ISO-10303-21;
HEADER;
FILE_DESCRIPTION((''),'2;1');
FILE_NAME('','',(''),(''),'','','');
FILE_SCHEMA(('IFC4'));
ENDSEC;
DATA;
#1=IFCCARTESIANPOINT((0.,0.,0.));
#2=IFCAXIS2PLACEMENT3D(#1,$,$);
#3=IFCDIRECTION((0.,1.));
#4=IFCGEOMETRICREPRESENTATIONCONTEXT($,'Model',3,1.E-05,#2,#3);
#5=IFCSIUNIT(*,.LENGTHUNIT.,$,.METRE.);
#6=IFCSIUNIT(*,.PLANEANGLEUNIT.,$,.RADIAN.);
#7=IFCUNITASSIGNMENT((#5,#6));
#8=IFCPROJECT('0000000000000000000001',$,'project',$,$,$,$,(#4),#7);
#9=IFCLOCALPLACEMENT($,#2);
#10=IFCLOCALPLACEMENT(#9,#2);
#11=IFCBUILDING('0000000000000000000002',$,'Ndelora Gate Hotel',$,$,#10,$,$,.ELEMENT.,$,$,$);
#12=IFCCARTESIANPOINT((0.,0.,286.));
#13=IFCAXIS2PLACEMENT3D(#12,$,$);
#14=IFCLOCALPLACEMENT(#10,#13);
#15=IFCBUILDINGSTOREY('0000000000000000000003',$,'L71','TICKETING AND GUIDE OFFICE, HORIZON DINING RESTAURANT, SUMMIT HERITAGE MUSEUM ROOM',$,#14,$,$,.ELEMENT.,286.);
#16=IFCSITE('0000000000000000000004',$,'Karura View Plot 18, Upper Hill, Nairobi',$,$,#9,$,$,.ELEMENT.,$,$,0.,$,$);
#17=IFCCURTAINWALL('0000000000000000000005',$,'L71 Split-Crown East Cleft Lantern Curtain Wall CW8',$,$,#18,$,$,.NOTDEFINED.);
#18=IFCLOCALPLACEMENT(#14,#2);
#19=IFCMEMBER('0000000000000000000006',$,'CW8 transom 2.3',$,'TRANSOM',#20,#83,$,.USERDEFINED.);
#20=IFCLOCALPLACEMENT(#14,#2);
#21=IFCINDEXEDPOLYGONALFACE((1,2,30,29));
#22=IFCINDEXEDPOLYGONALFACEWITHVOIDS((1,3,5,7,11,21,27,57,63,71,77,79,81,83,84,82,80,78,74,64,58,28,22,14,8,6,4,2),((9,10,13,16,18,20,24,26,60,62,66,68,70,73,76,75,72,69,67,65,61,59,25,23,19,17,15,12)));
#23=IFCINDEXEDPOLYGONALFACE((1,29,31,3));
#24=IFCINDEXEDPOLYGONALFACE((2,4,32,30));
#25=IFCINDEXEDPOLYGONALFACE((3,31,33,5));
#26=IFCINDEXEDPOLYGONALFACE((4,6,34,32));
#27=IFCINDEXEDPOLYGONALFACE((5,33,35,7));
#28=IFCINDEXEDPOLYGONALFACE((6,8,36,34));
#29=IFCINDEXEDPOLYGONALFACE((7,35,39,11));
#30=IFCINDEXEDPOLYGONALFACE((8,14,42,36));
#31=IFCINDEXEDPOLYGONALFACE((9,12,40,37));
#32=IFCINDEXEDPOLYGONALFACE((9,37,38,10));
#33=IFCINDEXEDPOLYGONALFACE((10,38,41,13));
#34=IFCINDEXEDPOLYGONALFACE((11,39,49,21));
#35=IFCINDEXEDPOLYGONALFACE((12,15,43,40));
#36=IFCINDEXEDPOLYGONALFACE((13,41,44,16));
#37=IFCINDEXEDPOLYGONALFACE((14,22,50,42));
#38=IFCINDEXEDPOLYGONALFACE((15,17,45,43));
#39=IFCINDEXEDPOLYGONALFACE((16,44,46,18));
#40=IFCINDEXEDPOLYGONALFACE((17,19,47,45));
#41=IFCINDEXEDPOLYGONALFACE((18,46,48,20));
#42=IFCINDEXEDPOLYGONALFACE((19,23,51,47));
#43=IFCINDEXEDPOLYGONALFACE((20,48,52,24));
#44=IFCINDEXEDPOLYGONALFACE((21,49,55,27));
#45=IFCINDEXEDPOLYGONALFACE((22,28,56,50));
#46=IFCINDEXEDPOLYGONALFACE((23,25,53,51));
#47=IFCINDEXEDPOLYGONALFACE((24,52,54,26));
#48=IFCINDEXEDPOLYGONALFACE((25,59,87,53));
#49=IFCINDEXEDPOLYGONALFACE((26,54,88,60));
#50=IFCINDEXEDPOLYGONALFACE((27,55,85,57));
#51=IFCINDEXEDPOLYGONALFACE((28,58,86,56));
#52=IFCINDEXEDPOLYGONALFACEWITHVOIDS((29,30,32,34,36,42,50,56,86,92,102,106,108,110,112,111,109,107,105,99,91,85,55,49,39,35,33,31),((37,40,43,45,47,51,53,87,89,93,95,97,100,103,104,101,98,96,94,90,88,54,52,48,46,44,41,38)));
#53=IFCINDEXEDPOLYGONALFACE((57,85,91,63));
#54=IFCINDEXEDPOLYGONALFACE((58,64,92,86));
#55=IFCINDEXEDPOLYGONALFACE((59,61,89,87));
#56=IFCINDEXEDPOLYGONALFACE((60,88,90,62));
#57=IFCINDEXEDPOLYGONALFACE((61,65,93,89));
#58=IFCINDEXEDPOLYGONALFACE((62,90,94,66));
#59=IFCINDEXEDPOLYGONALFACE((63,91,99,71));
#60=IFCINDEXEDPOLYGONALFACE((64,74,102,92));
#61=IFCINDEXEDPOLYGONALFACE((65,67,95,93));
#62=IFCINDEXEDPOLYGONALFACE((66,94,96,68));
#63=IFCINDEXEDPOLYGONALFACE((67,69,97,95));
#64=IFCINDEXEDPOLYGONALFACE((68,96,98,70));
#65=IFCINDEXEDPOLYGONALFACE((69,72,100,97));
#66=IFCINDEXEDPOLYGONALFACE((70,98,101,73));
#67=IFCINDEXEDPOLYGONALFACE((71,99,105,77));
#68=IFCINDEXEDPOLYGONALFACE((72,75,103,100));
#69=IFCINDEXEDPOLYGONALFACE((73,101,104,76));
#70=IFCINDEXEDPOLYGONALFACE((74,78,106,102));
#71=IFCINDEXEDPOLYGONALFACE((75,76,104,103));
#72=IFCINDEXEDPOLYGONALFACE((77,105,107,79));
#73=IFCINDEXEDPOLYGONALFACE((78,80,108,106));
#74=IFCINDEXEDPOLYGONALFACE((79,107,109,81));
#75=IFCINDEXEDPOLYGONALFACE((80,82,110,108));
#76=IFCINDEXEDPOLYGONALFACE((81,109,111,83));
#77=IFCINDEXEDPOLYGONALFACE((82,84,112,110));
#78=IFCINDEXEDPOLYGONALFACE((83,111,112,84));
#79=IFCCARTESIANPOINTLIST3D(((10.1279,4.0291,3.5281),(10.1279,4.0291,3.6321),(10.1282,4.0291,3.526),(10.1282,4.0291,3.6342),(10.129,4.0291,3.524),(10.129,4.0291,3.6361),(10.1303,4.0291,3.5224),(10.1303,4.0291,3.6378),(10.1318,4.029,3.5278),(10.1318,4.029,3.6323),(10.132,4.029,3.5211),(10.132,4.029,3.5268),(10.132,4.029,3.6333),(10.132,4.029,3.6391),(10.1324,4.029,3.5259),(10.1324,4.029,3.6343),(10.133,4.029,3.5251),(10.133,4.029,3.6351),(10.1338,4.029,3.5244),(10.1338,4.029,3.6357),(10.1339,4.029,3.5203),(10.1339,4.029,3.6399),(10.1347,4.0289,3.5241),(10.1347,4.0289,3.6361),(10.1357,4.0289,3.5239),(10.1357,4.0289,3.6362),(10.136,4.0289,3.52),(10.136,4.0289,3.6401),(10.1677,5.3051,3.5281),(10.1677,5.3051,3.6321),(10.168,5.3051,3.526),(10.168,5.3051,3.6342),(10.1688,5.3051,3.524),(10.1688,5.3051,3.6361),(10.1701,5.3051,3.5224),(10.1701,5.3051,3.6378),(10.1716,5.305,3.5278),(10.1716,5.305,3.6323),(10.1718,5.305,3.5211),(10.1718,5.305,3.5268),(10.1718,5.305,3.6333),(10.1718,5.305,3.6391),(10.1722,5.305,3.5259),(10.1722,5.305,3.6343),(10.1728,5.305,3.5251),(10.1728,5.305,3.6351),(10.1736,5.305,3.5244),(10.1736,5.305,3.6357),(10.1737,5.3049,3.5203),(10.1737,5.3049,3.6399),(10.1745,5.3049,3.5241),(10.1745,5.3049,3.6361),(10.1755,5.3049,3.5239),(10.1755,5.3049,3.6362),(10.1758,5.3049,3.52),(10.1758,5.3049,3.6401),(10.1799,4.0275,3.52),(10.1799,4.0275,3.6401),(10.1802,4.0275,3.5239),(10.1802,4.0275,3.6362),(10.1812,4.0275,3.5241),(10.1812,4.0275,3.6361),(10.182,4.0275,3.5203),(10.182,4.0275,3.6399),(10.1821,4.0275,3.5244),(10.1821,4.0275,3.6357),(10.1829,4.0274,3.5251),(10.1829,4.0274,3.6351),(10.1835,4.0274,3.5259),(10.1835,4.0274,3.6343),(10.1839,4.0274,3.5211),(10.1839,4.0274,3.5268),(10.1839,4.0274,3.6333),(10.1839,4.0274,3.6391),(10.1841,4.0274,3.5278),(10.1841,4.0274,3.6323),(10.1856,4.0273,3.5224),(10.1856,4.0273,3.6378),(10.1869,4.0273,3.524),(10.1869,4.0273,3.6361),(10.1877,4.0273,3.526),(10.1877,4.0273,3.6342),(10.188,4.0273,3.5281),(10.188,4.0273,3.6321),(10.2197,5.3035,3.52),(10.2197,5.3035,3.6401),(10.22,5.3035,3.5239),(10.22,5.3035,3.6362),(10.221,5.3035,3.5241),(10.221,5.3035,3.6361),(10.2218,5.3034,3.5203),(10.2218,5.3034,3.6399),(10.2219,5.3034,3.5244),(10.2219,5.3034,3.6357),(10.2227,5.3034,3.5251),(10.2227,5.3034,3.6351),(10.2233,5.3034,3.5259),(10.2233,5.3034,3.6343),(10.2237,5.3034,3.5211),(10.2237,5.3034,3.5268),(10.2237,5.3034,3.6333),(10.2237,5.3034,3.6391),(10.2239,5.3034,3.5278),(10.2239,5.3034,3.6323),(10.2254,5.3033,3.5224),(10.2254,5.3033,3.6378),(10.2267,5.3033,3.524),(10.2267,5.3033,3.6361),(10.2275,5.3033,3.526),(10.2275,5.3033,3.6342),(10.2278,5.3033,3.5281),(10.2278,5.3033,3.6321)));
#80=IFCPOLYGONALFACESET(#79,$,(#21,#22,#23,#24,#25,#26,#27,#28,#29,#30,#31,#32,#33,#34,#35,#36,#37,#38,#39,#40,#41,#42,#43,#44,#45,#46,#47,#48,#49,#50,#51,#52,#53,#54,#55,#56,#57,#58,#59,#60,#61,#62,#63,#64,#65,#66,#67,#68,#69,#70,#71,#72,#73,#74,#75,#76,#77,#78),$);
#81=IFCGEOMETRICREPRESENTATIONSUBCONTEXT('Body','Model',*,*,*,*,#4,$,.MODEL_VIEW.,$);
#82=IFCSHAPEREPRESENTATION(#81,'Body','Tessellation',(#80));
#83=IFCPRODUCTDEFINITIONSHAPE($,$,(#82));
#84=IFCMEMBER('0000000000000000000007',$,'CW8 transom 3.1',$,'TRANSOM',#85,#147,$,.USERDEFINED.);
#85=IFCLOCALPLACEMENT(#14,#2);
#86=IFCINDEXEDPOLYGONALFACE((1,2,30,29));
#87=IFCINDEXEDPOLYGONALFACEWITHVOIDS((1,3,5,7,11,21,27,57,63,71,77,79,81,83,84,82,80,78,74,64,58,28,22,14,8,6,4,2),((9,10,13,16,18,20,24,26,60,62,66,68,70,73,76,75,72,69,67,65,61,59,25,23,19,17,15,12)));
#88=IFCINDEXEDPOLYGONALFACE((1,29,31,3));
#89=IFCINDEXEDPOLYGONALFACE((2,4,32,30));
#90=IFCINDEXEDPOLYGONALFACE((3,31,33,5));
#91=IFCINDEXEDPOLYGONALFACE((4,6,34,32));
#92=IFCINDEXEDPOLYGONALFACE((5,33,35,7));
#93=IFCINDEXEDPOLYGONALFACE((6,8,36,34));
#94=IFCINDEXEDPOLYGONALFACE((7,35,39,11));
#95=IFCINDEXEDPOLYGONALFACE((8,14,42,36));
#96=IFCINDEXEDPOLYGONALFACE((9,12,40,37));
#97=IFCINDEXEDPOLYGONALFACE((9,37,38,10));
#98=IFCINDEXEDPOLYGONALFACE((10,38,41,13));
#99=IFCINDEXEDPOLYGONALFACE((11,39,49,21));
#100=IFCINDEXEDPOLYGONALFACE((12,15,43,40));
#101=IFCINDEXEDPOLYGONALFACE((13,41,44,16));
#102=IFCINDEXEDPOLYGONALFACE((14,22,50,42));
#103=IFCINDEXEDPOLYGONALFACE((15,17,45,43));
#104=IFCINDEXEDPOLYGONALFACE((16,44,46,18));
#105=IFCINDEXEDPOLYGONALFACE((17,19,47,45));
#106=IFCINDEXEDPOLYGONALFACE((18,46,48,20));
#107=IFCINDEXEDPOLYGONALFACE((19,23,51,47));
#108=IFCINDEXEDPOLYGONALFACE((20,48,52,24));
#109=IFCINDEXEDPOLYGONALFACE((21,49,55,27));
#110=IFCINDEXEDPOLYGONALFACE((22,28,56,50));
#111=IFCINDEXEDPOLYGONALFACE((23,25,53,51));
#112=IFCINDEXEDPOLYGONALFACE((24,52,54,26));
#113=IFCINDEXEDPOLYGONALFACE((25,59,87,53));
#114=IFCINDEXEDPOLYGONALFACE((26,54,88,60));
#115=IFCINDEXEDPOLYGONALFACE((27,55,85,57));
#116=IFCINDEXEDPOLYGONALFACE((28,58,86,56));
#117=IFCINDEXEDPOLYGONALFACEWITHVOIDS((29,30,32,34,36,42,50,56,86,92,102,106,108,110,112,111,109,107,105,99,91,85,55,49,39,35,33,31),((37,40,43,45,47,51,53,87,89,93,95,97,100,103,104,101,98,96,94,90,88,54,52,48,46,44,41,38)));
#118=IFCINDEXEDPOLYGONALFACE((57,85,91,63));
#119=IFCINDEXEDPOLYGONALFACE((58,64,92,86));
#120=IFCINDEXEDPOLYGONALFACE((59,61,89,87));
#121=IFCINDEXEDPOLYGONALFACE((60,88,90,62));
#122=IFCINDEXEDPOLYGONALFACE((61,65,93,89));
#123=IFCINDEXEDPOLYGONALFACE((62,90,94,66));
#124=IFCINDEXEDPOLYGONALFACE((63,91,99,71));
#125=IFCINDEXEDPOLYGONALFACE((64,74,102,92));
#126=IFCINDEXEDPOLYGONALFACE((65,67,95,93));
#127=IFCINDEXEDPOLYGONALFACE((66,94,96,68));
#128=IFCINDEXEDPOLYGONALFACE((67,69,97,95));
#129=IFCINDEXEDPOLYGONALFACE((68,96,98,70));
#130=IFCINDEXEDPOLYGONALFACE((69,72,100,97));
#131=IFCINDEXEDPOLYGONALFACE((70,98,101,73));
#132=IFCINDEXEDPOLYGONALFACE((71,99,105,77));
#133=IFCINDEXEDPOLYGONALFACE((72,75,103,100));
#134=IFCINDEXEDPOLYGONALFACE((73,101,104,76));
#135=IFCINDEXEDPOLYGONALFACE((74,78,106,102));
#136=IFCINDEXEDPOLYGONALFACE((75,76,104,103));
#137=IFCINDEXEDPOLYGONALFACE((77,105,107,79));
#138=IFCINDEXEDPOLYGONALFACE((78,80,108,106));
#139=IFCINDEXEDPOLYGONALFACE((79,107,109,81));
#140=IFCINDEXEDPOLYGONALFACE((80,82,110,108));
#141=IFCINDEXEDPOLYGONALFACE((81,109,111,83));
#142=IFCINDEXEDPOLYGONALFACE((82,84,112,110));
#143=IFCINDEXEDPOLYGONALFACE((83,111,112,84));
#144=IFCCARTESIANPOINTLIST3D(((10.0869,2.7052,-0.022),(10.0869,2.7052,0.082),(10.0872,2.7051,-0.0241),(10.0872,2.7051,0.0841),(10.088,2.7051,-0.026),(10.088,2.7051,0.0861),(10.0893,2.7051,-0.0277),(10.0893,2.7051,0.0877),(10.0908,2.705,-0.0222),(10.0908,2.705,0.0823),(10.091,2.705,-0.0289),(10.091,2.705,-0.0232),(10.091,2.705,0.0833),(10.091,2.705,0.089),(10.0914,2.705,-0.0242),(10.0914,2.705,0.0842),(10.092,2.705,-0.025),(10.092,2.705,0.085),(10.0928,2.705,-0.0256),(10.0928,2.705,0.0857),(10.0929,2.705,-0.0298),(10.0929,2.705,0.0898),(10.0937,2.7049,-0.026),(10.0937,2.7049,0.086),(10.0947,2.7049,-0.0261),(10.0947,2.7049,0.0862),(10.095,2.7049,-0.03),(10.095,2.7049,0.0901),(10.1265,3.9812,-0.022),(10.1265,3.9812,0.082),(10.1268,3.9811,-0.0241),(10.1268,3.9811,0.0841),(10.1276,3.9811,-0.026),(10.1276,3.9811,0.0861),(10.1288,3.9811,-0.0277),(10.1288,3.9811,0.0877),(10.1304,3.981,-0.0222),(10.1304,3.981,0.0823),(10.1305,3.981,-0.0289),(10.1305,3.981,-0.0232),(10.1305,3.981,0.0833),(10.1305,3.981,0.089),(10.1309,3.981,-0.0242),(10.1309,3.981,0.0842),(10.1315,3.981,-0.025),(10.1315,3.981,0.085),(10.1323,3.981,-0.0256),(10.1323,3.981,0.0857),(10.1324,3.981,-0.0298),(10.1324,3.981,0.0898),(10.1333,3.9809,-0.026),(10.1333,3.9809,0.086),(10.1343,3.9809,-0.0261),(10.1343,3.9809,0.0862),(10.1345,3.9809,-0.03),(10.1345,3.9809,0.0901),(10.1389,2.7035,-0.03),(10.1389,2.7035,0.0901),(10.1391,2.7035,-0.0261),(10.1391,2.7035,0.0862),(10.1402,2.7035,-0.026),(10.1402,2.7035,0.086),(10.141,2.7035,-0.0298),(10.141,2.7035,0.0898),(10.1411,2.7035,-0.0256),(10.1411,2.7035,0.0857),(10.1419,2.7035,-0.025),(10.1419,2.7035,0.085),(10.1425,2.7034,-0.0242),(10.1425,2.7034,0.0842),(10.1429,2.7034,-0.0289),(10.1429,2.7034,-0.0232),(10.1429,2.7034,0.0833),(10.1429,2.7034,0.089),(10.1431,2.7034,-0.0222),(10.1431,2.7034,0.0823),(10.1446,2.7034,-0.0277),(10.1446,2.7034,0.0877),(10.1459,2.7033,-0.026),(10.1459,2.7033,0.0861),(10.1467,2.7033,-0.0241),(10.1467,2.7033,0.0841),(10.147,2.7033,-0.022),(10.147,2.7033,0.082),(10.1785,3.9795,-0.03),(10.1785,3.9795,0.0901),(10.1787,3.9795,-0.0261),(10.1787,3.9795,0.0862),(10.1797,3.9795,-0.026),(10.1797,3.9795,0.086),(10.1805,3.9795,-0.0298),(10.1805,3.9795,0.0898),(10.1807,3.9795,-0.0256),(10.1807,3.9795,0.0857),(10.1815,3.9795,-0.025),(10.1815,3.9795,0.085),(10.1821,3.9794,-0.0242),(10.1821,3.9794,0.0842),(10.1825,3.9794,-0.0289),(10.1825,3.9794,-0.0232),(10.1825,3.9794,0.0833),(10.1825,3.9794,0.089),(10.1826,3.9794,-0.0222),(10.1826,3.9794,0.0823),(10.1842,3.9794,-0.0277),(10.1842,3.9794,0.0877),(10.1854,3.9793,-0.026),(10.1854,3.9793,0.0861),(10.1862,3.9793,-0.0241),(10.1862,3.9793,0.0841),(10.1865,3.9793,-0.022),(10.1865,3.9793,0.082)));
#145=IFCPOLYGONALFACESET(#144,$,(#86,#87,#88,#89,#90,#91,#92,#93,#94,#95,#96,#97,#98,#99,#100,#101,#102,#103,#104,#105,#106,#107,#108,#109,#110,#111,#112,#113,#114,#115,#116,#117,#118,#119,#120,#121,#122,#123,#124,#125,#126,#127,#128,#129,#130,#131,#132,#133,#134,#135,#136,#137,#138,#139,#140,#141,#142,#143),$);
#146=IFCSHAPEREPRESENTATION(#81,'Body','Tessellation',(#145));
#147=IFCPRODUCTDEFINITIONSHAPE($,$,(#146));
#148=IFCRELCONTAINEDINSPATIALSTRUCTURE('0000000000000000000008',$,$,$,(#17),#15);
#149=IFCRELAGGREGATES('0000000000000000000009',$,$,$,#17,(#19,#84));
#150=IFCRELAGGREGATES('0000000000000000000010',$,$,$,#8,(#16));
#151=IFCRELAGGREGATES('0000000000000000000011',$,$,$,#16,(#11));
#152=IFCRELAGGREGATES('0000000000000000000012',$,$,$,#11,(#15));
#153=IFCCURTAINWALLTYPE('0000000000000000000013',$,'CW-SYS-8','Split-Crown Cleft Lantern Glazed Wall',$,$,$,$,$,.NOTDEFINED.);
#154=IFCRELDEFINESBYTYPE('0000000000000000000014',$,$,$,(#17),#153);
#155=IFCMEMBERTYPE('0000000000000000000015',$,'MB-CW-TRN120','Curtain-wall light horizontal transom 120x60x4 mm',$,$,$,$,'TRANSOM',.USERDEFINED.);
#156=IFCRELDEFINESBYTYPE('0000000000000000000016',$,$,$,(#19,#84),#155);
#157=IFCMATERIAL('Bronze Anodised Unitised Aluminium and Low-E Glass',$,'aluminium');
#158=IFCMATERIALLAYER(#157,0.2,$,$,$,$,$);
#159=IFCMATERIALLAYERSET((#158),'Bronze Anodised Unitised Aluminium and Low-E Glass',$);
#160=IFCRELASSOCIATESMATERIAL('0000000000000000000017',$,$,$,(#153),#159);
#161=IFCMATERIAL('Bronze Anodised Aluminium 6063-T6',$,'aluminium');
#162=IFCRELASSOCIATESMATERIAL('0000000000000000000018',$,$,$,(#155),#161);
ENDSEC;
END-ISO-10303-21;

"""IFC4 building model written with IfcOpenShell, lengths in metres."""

from ifc_helpers import new_model, si_unit, direction, frame, origin, origin_2d, place, context, subcontext, project, spatial, hollow_rectangle, extrude, material, layer, layer_set, material_profile, profile_set, type_object, element, aggregate, save


model = new_model("IFC4")

# Units and contexts
model_context = context("Model", 3, precision=1e-05, world=origin(), true_north=direction((0.0, 1.0)))
body_context = subcontext(model_context, "Body", "Model", "MODEL_VIEW")
ifc_project = project(units=[si_unit("LENGTHUNIT", "METRE"), si_unit("PLANEANGLEUNIT", "RADIAN")], contexts=[model_context])

# Site, building, storey
site_placement = place(None, origin())
site = spatial("IfcSite", under=ifc_project, at=site_placement, Name="Karura View Plot 18, Upper Hill, Nairobi", CompositionType="ELEMENT", RefElevation=0.0)
building_placement = place(site_placement, origin())
building = spatial("IfcBuilding", under=site, at=building_placement, Name="Ndelora Gate Hotel", CompositionType="ELEMENT")
storey_placement = place(building_placement, frame((0.0, 0.0, 286.0)))
storey = spatial("IfcBuildingStorey", under=building, at=storey_placement, Name="L71", Description="TICKETING AND GUIDE OFFICE, HORIZON DINING RESTAURANT, SUMMIT HERITAGE MUSEUM ROOM", CompositionType="ELEMENT", Elevation=286.0)

# Curtain wall
ifc_material_1 = material(Name="Bronze Anodised Unitised Aluminium and Low-E Glass", Category="aluminium")
ifc_layer_1 = layer(ifc_material_1, 0.2)
ifc_layer_set_1 = layer_set([ifc_layer_1], Name="Bronze Anodised Unitised Aluminium and Low-E Glass")
curtain_wall_type = type_object("IfcCurtainWallType", Name="CW-SYS-8", Description="Split-Crown Cleft Lantern Glazed Wall", PredefinedType="NOTDEFINED", material=ifc_layer_set_1)
ifc_material_2 = material(Name="Bronze Anodised Aluminium 6063-T6", Category="aluminium")
curtain_wall_1_placement = place(storey_placement, origin())
curtain_wall_1 = element("IfcCurtainWall", 1, at=curtain_wall_1_placement, inside=storey, type_object=curtain_wall_type, Name="L71 Split-Crown East Cleft Lantern Curtain Wall CW8", PredefinedType="NOTDEFINED")

# Members
ifc_material_profile_1 = material_profile(ifc_material_2, hollow_rectangle(XDim=0.0601, YDim=0.1201, WallThickness=0.0039, InnerFilletRadius=0.0039, OuterFilletRadius=0.0081, at=origin_2d()), Name="ALU 120x60x4")
ifc_profile_set_1 = profile_set([ifc_material_profile_1], Name="Bronze Anodised Aluminium 6063-T6")
member_type_1 = type_object("IfcMemberType", Name="MB-CW-TRN120", Description="Curtain-wall light horizontal transom 120x60x4 mm", ElementType="TRANSOM", PredefinedType="USERDEFINED", material=ifc_profile_set_1)
member_1_placement = place(storey_placement, frame((10.1978, 5.3042, 3.5801), z_axis=(-0.031175, -0.999514, 0.0), x_axis=(0.999514, -0.031175, 0.0)))
member_1 = element("IfcMember", 2, at=member_1_placement, type_object=member_type_1, Name="CW8 transom 2.3", ObjectType="TRANSOM", PredefinedType="USERDEFINED", context=body_context, shape_type="SweptSolid", body=[
    extrude(hollow_rectangle(XDim=0.0601, YDim=0.1201, WallThickness=0.0039, InnerFilletRadius=0.0039, OuterFilletRadius=0.0081, at=origin_2d()), origin(), (0.0, 0.0, 1.0), 1.2766),
])
member_2_placement = place(storey_placement, frame((10.1565, 3.9802, 0.03), z_axis=(-0.030984, -0.99952, 0.0), x_axis=(0.99952, -0.030984, 0.0)))
member_2 = element("IfcMember", 3, at=member_2_placement, type_object=member_type_1, Name="CW8 transom 3.1", ObjectType="TRANSOM", PredefinedType="USERDEFINED", context=body_context, shape_type="SweptSolid", body=[
    extrude(hollow_rectangle(XDim=0.0601, YDim=0.1201, WallThickness=0.0039, InnerFilletRadius=0.0039, OuterFilletRadius=0.0081, at=origin_2d()), origin(), (0.0, 0.0, 1.0), 1.2766),
])

aggregate(curtain_wall_1, [member_1, member_2])

save(model, "model.ifc")
